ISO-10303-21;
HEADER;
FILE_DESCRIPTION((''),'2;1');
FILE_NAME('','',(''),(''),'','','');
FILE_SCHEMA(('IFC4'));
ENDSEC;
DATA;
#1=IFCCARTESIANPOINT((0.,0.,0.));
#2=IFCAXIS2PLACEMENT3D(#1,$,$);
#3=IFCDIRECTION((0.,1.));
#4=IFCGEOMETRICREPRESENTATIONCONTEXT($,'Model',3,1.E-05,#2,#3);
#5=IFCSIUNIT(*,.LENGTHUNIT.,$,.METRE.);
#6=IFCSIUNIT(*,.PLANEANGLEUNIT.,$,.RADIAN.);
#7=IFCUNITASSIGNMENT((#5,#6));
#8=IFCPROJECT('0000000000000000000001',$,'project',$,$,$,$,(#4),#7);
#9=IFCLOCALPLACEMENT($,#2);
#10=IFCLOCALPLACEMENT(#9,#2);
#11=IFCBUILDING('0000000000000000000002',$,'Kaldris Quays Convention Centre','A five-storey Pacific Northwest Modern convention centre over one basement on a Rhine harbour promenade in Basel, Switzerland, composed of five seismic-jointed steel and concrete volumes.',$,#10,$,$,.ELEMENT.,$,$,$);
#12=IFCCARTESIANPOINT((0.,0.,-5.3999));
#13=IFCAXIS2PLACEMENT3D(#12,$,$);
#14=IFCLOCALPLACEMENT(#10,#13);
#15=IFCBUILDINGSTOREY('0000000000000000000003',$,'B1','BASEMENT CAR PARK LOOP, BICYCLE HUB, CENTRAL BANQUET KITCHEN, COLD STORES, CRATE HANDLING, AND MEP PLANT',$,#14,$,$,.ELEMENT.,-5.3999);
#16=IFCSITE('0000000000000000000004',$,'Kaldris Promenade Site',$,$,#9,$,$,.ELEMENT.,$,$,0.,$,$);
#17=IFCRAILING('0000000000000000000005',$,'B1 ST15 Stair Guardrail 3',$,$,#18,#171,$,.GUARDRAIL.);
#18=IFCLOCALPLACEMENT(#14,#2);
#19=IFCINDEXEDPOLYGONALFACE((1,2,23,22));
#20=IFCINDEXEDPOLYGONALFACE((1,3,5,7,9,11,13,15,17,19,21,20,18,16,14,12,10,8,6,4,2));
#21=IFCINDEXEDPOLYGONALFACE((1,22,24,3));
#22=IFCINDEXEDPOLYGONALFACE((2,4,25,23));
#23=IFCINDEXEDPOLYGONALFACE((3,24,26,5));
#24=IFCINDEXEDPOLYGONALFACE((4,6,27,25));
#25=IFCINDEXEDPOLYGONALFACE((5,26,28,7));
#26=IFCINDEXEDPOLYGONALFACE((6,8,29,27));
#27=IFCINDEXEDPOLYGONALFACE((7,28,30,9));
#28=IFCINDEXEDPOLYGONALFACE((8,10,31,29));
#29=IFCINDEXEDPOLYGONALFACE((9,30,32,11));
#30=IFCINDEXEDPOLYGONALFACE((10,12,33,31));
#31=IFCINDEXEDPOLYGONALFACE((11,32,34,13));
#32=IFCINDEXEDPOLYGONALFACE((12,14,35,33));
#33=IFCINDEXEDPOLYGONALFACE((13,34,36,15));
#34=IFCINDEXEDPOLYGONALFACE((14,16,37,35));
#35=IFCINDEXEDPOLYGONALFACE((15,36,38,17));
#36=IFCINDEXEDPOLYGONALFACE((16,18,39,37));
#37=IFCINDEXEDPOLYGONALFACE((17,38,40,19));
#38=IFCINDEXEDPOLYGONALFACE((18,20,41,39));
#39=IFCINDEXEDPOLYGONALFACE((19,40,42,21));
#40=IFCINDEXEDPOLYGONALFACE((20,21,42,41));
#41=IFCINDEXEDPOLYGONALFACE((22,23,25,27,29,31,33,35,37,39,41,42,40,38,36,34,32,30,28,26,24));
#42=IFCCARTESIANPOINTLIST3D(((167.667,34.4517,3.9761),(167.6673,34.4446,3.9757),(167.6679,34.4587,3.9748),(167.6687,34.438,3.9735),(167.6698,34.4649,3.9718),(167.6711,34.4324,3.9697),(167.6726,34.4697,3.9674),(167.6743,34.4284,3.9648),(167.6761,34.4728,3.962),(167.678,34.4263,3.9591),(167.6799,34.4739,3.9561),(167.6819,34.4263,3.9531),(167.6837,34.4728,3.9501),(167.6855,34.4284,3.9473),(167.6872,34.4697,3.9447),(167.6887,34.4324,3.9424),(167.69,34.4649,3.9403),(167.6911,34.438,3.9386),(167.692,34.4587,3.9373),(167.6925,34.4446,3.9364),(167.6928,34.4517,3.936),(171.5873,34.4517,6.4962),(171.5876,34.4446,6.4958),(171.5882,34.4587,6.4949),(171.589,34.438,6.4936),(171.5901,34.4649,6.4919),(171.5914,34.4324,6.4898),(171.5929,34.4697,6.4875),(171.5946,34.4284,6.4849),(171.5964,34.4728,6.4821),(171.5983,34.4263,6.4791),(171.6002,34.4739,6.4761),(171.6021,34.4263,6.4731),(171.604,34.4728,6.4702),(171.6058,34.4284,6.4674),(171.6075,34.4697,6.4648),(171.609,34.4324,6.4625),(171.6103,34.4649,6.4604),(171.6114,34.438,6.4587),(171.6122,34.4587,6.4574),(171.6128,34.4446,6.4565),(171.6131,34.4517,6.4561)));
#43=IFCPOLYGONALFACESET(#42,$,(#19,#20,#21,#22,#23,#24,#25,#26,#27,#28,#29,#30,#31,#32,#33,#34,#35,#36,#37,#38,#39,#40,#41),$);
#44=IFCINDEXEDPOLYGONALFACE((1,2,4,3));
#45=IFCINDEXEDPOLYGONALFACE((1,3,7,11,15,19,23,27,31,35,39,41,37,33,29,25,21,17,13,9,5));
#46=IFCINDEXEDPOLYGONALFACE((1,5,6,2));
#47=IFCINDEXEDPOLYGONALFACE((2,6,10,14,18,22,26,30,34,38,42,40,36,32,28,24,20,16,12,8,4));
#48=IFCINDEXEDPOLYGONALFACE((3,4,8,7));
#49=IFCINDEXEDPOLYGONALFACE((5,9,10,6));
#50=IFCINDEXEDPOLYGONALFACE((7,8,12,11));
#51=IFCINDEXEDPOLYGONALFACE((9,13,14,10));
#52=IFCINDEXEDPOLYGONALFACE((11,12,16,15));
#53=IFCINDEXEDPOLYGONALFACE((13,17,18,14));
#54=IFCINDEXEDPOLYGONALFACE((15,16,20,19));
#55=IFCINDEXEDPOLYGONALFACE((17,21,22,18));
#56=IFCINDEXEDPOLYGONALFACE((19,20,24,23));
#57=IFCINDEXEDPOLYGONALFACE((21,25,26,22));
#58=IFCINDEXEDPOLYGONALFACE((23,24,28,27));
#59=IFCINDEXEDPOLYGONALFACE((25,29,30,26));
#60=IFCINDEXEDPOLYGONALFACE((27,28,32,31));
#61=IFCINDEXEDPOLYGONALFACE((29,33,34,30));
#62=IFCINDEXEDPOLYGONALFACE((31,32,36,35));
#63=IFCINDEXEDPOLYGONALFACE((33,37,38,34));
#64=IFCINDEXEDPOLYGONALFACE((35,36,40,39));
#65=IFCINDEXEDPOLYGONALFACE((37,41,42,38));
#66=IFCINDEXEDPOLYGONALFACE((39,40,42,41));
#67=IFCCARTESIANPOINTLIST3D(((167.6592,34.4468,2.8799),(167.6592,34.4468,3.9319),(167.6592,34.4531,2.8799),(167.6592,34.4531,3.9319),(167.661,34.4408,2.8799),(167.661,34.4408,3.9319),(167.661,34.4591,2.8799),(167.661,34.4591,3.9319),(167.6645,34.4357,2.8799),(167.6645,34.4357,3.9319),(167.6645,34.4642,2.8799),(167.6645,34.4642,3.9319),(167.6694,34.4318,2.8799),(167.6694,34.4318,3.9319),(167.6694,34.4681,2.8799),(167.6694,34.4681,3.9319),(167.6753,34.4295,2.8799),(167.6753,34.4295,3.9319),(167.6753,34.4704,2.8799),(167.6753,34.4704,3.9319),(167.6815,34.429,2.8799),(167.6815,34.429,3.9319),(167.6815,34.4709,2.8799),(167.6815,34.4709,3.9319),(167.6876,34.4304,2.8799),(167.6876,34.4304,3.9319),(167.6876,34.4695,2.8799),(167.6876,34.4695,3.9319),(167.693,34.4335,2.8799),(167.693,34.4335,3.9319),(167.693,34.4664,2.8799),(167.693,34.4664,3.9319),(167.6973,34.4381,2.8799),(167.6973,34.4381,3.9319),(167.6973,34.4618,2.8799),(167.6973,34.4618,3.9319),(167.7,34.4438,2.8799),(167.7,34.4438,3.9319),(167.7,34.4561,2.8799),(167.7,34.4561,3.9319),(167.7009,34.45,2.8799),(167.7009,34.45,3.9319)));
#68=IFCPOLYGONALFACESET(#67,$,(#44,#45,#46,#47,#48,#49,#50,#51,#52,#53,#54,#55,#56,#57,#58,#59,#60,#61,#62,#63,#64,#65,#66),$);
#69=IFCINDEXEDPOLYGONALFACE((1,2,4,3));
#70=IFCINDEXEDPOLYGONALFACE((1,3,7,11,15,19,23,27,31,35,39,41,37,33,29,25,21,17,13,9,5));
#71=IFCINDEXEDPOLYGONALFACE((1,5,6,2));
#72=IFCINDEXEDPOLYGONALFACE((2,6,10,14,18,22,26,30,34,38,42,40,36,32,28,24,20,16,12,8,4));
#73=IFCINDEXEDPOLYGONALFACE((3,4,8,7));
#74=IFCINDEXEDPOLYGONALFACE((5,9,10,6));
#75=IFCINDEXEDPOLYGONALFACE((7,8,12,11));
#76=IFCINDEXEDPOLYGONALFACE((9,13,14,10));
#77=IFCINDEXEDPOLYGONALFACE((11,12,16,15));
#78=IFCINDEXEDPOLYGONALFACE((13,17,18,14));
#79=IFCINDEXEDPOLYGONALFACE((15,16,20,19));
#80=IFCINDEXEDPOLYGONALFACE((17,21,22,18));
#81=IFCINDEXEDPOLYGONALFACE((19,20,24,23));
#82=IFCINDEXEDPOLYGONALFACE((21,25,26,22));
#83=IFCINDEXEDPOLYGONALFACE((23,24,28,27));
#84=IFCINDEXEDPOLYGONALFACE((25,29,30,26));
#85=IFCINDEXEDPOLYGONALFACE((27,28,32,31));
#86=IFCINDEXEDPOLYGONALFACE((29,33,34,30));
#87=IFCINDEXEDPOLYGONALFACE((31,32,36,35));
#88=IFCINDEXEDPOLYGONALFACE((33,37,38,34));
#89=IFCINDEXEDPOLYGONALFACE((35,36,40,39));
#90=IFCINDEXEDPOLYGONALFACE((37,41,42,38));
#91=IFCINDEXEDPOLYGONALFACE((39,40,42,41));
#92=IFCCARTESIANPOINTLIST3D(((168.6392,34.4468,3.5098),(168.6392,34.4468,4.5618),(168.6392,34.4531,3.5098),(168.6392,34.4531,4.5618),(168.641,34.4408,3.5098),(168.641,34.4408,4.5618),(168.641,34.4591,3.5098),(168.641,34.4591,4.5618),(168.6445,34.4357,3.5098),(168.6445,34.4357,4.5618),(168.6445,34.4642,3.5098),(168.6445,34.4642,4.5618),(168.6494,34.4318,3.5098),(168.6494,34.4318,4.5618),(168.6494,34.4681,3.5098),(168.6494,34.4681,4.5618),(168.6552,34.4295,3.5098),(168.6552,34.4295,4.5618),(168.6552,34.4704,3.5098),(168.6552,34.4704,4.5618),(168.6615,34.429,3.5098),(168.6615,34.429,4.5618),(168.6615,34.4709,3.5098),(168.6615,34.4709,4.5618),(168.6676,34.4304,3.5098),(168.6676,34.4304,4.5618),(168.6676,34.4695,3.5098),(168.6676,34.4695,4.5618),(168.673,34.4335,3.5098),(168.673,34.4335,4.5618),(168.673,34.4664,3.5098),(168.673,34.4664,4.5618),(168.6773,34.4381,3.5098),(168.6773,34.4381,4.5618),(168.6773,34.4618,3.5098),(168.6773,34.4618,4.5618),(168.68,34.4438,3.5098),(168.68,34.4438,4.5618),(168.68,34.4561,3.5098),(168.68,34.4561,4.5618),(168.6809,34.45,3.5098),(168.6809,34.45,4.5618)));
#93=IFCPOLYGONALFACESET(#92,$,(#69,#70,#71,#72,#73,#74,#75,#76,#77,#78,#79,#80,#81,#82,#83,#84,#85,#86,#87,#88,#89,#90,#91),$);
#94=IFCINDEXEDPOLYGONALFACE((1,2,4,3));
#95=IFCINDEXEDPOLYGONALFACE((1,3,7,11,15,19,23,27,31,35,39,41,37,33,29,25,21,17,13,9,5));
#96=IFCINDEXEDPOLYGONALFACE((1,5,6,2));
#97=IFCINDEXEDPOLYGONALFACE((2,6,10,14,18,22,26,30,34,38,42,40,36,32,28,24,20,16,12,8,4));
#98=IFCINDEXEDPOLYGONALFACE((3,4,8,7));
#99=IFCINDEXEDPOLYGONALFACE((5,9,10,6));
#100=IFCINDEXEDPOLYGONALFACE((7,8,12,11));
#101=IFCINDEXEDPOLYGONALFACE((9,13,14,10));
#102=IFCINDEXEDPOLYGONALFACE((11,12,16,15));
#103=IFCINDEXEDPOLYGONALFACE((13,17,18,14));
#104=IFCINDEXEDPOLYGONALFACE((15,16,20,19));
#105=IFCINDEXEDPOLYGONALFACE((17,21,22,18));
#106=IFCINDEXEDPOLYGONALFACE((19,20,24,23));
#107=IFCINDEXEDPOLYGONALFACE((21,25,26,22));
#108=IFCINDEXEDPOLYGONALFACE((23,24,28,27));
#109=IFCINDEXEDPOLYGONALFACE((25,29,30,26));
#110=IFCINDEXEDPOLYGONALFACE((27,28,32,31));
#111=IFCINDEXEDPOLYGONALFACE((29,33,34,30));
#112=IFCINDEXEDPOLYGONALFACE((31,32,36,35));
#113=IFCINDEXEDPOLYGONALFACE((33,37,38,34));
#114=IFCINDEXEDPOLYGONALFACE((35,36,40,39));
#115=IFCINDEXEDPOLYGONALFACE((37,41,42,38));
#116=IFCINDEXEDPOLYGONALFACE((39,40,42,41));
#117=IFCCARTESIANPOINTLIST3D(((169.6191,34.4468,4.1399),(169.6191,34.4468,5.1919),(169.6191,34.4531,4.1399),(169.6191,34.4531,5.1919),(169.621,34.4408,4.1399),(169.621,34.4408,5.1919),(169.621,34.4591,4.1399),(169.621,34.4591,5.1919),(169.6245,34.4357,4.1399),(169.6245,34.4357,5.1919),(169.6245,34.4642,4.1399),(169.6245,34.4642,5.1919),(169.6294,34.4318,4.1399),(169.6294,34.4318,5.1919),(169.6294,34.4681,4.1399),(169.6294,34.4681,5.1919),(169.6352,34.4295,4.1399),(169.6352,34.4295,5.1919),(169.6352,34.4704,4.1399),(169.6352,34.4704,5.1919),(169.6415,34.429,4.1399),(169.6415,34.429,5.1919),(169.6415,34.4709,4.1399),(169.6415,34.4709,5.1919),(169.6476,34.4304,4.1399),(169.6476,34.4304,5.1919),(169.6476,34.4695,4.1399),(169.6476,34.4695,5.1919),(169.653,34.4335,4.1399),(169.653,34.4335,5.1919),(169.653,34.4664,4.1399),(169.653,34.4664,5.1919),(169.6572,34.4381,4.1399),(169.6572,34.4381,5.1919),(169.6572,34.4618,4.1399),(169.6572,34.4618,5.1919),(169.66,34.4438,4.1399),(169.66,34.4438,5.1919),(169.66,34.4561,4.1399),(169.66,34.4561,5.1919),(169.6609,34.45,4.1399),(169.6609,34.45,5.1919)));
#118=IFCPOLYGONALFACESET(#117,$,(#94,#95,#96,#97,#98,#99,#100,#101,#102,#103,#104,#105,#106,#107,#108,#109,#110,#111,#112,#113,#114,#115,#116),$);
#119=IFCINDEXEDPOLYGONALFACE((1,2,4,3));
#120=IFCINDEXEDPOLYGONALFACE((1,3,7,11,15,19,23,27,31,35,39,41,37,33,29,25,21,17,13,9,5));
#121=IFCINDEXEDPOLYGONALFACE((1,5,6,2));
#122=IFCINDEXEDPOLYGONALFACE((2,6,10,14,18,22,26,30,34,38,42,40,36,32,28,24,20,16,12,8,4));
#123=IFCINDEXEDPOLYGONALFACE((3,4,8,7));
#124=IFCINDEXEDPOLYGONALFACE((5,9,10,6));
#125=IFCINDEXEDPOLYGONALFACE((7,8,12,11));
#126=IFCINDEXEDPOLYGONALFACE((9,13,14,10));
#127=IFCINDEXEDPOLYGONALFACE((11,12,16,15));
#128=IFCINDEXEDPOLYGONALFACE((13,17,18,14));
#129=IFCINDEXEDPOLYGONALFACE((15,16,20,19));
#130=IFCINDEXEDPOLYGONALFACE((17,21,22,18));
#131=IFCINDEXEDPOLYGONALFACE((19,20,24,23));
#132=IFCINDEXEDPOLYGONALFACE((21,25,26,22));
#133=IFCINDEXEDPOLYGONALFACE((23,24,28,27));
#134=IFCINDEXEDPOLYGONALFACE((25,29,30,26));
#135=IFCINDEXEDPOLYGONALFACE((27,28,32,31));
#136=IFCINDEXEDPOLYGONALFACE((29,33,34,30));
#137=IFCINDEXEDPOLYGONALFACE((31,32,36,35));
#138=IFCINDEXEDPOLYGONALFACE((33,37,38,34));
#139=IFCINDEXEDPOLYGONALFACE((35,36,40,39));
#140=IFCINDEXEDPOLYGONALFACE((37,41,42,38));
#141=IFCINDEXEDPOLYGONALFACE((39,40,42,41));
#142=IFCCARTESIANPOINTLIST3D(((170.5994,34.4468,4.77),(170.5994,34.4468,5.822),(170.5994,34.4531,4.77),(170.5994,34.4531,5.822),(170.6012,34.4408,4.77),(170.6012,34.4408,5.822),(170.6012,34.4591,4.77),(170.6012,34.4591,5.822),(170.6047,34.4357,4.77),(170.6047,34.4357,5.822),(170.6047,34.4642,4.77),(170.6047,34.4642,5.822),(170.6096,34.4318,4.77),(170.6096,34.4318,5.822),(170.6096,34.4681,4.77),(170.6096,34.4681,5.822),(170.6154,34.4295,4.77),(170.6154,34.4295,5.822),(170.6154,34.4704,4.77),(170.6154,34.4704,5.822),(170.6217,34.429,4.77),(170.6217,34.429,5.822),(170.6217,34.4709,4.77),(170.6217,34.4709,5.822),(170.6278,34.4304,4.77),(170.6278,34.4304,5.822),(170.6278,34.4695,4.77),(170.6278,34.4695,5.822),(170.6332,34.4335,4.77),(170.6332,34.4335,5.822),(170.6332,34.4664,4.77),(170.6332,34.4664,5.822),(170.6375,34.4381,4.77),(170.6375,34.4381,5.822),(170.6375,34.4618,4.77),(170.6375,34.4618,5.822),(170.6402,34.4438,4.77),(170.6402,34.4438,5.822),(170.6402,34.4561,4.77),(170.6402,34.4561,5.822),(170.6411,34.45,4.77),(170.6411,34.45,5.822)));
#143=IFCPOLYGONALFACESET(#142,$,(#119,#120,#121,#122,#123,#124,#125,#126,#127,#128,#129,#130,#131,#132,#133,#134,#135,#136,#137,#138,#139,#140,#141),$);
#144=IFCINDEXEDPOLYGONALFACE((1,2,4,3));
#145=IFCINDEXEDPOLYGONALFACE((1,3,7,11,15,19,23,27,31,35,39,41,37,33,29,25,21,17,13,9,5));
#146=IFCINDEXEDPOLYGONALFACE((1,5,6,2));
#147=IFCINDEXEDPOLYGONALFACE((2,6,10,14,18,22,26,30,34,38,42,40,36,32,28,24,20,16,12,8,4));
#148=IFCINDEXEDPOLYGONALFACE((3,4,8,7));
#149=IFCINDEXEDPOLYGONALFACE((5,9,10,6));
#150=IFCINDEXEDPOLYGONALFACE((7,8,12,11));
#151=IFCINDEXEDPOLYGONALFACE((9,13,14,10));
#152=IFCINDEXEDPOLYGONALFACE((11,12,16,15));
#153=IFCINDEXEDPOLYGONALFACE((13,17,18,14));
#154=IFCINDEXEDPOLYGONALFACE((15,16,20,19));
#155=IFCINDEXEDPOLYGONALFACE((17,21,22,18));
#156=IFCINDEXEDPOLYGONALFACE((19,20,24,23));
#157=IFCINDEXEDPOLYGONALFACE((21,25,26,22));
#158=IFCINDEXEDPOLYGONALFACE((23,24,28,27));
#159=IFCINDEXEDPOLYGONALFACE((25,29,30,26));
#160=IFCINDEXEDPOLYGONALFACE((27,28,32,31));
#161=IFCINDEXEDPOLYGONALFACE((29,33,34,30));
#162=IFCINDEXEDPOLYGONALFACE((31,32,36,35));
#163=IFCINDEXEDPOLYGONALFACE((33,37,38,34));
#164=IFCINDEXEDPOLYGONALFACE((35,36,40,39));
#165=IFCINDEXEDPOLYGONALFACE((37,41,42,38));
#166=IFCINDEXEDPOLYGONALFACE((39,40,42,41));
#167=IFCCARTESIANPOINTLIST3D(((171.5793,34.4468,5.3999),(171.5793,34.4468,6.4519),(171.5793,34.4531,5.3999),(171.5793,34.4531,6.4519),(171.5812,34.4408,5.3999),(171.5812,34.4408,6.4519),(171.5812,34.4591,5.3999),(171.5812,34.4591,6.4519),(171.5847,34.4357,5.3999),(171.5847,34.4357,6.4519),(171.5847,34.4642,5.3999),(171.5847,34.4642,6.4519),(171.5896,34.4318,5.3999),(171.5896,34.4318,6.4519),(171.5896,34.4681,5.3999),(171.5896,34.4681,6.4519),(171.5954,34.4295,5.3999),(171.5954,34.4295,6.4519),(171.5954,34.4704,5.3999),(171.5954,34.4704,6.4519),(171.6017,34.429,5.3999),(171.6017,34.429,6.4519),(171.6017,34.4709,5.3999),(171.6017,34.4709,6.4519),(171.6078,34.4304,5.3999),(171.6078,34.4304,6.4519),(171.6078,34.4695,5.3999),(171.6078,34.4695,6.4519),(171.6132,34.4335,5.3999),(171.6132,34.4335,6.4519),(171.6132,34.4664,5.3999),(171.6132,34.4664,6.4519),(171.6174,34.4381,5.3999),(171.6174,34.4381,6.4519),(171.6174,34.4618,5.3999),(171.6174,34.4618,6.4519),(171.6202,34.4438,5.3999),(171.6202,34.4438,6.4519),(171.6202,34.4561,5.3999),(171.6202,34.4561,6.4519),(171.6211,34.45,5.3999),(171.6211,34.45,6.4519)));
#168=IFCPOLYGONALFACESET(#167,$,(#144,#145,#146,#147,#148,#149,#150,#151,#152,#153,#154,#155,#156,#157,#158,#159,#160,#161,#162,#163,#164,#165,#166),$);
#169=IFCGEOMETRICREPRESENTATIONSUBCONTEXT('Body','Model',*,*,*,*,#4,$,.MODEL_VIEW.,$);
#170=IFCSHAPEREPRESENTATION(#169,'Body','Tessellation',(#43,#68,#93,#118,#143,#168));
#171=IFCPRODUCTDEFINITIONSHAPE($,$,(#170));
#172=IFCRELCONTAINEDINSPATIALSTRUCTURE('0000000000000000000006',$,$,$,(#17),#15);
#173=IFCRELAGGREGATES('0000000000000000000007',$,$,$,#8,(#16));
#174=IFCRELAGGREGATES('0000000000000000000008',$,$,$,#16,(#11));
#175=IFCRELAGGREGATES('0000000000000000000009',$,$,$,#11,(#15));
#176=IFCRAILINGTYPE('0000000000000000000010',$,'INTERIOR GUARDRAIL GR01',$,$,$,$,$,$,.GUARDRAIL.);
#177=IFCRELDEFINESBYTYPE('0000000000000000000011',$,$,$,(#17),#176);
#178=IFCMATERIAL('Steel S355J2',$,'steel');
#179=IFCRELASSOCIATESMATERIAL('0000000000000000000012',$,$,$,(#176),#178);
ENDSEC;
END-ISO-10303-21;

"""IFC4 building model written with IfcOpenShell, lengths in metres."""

from ifc_helpers import new_model, si_unit, direction, frame, origin, origin_2d, place, context, subcontext, project, spatial, circle, extrude, material, type_object, element, save


model = new_model("IFC4")

# Units and contexts
model_context = context("Model", 3, precision=1e-05, world=origin(), true_north=direction((0.0, 1.0)))
body_context = subcontext(model_context, "Body", "Model", "MODEL_VIEW")
ifc_project = project(units=[si_unit("LENGTHUNIT", "METRE"), si_unit("PLANEANGLEUNIT", "RADIAN")], contexts=[model_context])

# Site, building, storey
site_placement = place(None, origin())
site = spatial("IfcSite", under=ifc_project, at=site_placement, Name="Kaldris Promenade Site", CompositionType="ELEMENT", RefElevation=0.0)
building_placement = place(site_placement, origin())
building = spatial("IfcBuilding", under=site, at=building_placement, Name="Kaldris Quays Convention Centre", Description="A five-storey Pacific Northwest Modern convention centre over one basement on a Rhine harbour promenade in Basel, Switzerland, composed of five seismic-jointed steel and concrete volumes.", CompositionType="ELEMENT")
storey_placement = place(building_placement, frame((0.0, 0.0, -5.3999)))
storey = spatial("IfcBuildingStorey", under=building, at=storey_placement, Name="B1", Description="BASEMENT CAR PARK LOOP, BICYCLE HUB, CENTRAL BANQUET KITCHEN, COLD STORES, CRATE HANDLING, AND MEP PLANT", CompositionType="ELEMENT", Elevation=-5.3999)

# Shared definitions
ifc_material_1 = material(Name="Steel S355J2", Category="steel")

# Railing
railing_type_1 = type_object("IfcRailingType", Name="INTERIOR GUARDRAIL GR01", PredefinedType="GUARDRAIL", material=ifc_material_1)
railing_1_placement = place(storey_placement, frame((167.6799, 34.45, 2.8799)))
element("IfcRailing", 1, at=railing_1_placement, inside=storey, type_object=railing_type_1, Name="B1 ST15 Stair Guardrail 3", PredefinedType="GUARDRAIL", context=body_context, shape_type="SweptSolid", body=[
    extrude(circle(Radius=0.0239, at=origin_2d()), frame((0.0, 0.0, 1.0762), z_axis=(0.841187, 0.0, 0.540744), x_axis=(0.0, 1.0, 0.0)), (0.0, 0.0, 1.0), 4.6604),
    extrude(circle(Radius=0.021, at=origin_2d()), origin(), (0.0, 0.0, 1.0), 1.052),
    extrude(circle(Radius=0.021, at=origin_2d()), frame((0.98, 0.0, 0.6299)), (0.0, 0.0, 1.0), 1.052),
    extrude(circle(Radius=0.021, at=origin_2d()), frame((1.96, 0.0, 1.26)), (0.0, 0.0, 1.0), 1.052),
    extrude(circle(Radius=0.021, at=origin_2d()), frame((2.9402, 0.0, 1.8901)), (0.0, 0.0, 1.0), 1.052),
    extrude(circle(Radius=0.021, at=origin_2d()), frame((3.9202, 0.0, 2.52)), (0.0, 0.0, 1.0), 1.052),
])

save(model, "model.ifc")
